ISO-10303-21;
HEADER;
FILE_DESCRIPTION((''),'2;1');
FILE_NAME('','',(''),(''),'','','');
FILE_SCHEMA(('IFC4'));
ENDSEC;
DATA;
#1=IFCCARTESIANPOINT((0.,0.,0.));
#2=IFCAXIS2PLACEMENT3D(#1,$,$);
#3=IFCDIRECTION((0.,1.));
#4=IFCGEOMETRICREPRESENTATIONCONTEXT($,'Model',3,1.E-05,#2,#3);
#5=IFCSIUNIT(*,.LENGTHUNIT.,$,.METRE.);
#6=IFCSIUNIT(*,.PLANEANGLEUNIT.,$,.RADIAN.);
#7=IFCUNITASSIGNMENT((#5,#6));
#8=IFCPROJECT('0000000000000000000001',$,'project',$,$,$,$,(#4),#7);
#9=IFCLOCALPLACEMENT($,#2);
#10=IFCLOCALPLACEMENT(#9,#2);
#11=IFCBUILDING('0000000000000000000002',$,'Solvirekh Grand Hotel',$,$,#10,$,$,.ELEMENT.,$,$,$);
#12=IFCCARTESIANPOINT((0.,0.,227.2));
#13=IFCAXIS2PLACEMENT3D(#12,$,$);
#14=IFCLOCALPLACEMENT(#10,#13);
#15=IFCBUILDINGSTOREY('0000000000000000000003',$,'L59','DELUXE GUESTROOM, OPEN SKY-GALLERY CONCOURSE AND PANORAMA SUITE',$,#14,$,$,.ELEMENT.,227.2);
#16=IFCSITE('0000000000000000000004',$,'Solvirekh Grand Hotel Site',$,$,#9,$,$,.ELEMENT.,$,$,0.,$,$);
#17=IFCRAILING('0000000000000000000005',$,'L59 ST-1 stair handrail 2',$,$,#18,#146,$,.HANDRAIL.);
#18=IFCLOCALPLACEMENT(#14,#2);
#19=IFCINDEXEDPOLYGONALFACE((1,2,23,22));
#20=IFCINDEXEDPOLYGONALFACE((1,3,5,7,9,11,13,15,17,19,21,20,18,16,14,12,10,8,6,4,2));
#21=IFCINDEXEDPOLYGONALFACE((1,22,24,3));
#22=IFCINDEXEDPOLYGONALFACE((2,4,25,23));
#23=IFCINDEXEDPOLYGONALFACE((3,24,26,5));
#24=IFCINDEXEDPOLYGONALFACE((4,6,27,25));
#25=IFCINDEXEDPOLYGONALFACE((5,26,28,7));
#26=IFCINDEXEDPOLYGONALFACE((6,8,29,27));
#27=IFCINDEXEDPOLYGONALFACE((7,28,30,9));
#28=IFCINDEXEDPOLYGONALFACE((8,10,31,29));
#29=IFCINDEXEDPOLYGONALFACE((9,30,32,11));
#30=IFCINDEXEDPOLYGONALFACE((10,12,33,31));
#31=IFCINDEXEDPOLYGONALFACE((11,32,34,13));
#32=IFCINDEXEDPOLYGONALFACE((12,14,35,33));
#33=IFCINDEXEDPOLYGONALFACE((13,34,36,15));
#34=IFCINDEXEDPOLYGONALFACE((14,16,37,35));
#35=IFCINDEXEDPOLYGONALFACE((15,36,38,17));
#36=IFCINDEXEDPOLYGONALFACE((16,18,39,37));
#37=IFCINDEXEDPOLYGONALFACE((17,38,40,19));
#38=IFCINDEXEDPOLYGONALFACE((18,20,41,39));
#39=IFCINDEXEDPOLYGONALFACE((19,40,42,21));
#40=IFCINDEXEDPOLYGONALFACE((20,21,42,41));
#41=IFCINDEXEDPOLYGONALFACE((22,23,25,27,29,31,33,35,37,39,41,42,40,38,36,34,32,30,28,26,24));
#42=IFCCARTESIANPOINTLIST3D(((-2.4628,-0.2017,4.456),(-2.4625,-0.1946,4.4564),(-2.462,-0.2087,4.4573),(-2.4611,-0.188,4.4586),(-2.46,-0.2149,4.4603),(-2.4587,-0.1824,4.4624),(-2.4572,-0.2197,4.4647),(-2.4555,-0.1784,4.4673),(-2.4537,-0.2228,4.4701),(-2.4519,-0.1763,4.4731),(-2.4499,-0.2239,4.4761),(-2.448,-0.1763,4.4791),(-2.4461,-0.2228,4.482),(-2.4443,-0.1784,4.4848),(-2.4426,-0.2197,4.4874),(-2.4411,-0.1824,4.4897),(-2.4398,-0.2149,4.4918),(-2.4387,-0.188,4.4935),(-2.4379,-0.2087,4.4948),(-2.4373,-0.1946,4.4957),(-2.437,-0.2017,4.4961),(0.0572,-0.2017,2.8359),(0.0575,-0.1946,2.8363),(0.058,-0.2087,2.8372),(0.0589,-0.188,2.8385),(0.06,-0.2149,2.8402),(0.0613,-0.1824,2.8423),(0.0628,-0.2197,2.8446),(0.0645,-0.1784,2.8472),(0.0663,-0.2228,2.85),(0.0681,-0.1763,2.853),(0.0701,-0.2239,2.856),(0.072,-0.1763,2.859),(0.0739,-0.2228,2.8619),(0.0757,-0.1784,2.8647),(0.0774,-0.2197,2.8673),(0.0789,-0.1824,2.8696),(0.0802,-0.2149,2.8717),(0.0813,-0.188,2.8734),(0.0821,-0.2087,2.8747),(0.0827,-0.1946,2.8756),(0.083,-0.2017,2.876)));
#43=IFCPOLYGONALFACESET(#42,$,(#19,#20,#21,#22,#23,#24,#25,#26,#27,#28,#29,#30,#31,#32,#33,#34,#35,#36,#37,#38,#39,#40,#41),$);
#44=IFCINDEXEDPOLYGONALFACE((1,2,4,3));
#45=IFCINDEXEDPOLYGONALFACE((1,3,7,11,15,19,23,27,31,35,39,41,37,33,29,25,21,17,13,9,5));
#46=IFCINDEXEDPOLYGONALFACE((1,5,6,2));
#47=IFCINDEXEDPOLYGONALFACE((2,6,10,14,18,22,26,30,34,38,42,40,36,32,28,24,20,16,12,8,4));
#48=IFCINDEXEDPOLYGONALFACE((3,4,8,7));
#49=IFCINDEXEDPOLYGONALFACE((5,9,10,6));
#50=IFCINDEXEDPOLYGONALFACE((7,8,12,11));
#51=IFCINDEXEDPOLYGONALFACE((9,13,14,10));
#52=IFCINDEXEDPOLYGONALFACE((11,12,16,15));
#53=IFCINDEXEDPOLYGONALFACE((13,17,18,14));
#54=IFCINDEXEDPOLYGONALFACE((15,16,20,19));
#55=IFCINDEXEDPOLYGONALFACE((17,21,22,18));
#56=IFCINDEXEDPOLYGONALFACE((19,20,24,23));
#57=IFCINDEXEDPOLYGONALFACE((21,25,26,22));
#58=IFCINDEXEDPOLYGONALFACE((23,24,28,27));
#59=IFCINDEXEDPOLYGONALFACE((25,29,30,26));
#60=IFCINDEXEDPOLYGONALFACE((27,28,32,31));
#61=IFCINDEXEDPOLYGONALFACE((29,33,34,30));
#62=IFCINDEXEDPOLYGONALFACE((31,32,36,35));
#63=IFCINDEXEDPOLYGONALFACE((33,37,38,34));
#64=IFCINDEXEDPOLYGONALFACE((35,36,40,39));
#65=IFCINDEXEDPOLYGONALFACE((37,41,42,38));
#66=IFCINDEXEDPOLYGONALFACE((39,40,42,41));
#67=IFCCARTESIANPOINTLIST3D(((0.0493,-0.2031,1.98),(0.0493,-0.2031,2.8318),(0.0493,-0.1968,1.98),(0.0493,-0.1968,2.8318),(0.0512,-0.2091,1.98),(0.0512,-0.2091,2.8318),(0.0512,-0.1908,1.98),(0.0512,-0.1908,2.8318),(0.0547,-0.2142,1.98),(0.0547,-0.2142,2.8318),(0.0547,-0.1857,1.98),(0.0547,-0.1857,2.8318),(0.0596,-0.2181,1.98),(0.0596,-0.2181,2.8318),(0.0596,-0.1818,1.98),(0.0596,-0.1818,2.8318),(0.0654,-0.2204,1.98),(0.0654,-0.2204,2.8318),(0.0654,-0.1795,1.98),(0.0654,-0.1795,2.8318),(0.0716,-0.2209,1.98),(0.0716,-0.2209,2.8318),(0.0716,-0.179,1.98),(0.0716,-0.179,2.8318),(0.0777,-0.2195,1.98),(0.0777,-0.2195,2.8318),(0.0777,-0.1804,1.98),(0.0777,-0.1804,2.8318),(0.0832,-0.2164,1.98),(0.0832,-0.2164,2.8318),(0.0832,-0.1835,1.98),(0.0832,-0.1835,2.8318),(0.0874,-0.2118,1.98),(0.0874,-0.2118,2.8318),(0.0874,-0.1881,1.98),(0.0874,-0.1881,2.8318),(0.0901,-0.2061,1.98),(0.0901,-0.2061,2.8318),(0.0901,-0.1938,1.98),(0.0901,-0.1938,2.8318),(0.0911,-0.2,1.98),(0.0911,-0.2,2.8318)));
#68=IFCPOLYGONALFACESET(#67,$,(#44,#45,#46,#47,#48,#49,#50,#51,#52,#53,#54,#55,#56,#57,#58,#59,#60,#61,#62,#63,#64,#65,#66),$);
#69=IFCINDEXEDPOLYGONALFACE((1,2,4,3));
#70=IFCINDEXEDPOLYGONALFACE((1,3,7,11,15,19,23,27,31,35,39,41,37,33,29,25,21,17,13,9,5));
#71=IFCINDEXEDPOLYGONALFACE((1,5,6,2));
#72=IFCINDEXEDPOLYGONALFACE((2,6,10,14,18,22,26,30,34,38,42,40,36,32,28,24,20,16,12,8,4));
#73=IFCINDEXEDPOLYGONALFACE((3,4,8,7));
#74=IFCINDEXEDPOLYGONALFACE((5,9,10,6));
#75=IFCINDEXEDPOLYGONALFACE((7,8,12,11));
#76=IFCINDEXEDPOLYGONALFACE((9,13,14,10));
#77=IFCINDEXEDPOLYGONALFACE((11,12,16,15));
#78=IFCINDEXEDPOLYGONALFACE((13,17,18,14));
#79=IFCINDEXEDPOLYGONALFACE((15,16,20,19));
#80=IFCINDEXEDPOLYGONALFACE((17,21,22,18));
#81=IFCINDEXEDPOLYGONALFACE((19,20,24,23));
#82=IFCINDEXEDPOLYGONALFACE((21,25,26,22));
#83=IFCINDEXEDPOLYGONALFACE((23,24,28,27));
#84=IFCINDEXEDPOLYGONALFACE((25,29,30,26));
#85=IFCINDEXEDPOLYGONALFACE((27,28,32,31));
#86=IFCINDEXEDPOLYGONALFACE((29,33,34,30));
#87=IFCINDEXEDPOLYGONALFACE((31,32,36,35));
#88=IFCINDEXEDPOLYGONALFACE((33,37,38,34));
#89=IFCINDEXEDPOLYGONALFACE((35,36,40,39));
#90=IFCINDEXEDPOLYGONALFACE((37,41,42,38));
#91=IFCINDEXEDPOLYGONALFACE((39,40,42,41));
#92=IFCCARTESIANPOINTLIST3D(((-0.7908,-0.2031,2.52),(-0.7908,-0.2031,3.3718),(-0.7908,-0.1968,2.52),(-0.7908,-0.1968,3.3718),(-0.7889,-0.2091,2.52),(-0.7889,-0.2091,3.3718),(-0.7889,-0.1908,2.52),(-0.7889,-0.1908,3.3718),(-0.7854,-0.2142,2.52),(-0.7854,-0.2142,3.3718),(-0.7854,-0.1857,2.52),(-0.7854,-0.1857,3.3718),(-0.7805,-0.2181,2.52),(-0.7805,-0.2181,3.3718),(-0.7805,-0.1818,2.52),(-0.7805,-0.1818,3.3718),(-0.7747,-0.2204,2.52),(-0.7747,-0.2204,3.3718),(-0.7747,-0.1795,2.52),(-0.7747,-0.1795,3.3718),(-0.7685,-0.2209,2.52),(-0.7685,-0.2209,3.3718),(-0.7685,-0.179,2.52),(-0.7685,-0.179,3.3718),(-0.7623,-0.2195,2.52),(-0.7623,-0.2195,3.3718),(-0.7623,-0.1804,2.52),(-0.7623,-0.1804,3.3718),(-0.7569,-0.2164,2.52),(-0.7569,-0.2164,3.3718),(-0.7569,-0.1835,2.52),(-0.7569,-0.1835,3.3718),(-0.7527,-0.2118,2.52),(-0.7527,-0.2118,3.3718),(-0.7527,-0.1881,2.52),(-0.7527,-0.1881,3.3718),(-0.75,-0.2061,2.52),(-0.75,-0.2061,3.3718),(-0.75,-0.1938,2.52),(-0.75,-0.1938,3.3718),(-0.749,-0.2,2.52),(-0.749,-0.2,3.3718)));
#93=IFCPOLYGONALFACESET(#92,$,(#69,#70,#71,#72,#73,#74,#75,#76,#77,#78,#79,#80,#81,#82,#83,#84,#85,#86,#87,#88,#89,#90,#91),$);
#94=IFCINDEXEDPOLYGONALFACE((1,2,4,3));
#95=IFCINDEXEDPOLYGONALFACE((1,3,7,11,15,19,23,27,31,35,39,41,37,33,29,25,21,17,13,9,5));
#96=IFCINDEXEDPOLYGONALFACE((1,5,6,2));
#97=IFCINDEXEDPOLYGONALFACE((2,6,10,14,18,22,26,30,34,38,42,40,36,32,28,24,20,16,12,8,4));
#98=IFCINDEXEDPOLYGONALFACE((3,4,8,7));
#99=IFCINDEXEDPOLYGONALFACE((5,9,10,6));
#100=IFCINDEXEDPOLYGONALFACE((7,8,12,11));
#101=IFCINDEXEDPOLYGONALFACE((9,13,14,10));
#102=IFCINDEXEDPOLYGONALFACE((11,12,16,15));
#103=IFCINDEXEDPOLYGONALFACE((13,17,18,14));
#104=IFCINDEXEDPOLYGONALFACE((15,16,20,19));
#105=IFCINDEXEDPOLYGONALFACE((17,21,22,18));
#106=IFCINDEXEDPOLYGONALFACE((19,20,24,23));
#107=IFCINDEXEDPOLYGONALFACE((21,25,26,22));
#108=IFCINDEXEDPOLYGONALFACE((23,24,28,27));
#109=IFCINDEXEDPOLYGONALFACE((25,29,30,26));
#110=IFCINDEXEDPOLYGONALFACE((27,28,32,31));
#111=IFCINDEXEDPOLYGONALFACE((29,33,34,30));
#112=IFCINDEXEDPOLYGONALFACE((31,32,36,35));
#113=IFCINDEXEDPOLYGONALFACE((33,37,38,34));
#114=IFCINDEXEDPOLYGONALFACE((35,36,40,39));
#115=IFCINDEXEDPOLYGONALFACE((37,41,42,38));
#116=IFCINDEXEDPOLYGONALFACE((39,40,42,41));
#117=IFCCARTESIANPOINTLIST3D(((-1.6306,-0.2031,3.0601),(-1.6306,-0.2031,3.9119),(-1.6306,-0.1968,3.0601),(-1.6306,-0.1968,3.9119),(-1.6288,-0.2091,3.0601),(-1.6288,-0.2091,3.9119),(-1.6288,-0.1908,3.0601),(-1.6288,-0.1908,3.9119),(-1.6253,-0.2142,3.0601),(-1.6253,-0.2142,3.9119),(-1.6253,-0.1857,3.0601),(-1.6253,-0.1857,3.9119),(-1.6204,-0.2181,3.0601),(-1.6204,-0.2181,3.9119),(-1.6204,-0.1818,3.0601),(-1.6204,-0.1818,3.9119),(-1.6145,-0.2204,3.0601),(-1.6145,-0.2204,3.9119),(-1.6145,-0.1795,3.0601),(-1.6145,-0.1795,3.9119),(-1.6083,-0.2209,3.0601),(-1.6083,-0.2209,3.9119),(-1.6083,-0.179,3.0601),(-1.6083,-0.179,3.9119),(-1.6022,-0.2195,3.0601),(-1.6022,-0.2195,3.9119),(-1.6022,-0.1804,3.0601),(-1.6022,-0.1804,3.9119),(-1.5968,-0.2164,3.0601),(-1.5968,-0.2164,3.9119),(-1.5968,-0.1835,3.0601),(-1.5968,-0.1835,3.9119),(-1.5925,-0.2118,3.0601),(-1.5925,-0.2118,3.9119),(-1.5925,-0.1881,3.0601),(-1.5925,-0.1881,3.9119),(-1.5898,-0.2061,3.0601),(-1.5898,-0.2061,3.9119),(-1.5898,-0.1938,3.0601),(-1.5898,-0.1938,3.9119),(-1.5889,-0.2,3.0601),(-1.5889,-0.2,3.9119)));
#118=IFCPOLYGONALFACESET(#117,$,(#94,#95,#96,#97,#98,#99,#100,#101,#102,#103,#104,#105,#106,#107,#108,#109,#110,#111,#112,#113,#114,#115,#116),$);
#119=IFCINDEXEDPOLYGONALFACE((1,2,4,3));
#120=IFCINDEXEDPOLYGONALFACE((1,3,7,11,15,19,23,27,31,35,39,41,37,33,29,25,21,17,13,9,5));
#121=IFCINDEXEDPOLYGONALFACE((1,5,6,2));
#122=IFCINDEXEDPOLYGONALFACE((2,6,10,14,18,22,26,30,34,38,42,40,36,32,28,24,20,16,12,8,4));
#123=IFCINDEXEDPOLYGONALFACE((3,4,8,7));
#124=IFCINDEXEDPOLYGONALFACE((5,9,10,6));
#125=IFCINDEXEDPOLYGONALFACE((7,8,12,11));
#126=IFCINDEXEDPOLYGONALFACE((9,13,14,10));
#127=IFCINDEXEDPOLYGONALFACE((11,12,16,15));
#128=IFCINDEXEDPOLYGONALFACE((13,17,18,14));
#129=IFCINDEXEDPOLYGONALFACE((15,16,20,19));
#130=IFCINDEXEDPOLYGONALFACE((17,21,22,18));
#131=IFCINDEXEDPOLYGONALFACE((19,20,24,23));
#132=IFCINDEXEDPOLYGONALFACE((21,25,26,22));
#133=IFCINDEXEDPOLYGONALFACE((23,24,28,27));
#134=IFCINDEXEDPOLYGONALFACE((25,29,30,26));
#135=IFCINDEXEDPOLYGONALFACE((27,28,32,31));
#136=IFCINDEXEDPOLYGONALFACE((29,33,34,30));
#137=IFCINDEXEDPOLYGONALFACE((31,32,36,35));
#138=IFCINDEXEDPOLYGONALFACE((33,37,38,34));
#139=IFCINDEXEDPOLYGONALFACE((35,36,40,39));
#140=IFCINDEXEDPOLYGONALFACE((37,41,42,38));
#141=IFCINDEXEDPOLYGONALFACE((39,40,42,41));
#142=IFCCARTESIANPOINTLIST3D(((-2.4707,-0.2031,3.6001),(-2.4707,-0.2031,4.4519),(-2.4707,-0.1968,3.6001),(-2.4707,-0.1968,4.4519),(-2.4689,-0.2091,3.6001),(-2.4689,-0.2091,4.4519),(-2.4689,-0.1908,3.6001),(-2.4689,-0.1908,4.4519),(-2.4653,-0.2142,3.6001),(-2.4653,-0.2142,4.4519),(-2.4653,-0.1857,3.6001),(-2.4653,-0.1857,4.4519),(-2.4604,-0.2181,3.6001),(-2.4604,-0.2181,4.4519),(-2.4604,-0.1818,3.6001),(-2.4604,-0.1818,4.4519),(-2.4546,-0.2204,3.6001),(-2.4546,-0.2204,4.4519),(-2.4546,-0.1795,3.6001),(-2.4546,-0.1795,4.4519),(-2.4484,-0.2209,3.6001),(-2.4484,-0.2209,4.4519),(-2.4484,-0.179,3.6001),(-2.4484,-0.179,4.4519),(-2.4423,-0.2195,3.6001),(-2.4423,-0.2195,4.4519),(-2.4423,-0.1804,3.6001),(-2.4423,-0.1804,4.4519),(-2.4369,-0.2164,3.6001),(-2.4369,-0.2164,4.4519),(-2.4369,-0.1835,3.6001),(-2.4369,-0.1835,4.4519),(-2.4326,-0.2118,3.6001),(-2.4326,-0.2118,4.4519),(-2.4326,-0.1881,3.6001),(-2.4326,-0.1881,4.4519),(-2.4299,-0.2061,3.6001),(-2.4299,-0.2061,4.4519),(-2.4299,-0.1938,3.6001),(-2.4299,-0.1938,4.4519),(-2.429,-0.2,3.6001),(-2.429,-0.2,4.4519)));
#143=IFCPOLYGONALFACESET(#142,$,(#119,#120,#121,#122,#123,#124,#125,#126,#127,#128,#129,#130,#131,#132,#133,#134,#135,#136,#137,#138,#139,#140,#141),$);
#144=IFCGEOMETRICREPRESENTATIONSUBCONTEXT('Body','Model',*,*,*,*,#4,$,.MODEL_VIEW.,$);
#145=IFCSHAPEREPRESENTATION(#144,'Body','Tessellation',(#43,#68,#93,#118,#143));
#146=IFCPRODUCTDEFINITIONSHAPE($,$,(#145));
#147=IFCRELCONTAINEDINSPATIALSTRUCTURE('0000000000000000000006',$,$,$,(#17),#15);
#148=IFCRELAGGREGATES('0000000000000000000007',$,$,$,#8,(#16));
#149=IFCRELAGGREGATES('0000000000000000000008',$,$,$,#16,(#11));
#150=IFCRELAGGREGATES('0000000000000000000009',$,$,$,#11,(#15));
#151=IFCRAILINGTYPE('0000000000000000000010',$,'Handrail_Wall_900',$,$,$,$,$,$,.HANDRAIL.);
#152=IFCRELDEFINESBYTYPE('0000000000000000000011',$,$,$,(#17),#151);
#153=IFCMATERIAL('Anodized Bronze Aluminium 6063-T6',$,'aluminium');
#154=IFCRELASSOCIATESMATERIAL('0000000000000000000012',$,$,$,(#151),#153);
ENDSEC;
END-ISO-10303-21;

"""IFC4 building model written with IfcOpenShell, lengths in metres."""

from ifc_helpers import new_model, si_unit, direction, frame, origin, origin_2d, place, context, subcontext, project, spatial, circle, extrude, material, type_object, element, save


model = new_model("IFC4")

# Units and contexts
model_context = context("Model", 3, precision=1e-05, world=origin(), true_north=direction((0.0, 1.0)))
body_context = subcontext(model_context, "Body", "Model", "MODEL_VIEW")
ifc_project = project(units=[si_unit("LENGTHUNIT", "METRE"), si_unit("PLANEANGLEUNIT", "RADIAN")], contexts=[model_context])

# Site, building, storey
site_placement = place(None, origin())
site = spatial("IfcSite", under=ifc_project, at=site_placement, Name="Solvirekh Grand Hotel Site", CompositionType="ELEMENT", RefElevation=0.0)
building_placement = place(site_placement, origin())
building = spatial("IfcBuilding", under=site, at=building_placement, Name="Solvirekh Grand Hotel", CompositionType="ELEMENT")
storey_placement = place(building_placement, frame((0.0, 0.0, 227.2)))
storey = spatial("IfcBuildingStorey", under=building, at=storey_placement, Name="L59", Description="DELUXE GUESTROOM, OPEN SKY-GALLERY CONCOURSE AND PANORAMA SUITE", CompositionType="ELEMENT", Elevation=227.2)

# Railing
ifc_material_1 = material(Name="Anodized Bronze Aluminium 6063-T6", Category="aluminium")
railing_type_1 = type_object("IfcRailingType", Name="Handrail_Wall_900", PredefinedType="HANDRAIL", material=ifc_material_1)
railing_1_placement = place(storey_placement, frame((0.0701, -0.2, 1.98)))
element("IfcRailing", 1, at=railing_1_placement, inside=storey, type_object=railing_type_1, Name="L59 ST-1 stair handrail 2", PredefinedType="HANDRAIL", context=body_context, shape_type="SweptSolid", body=[
    extrude(circle(Radius=0.0239, at=origin_2d()), frame((0.0, 0.0, 0.876), z_axis=(-0.841163, 0.0, 0.540782), x_axis=(0.0, -1.0, 0.0)), (0.0, 0.0, 1.0), 2.9958),
    extrude(circle(Radius=0.021, at=origin_2d()), origin(), (0.0, 0.0, 1.0), 0.8518),
    extrude(circle(Radius=0.021, at=origin_2d()), frame((-0.8401, 0.0, 0.54)), (0.0, 0.0, 1.0), 0.8518),
    extrude(circle(Radius=0.021, at=origin_2d()), frame((-1.6799, 0.0, 1.0801)), (0.0, 0.0, 1.0), 0.8518),
    extrude(circle(Radius=0.021, at=origin_2d()), frame((-2.52, 0.0, 1.6201)), (0.0, 0.0, 1.0), 0.8518),
])

save(model, "model.ifc")
